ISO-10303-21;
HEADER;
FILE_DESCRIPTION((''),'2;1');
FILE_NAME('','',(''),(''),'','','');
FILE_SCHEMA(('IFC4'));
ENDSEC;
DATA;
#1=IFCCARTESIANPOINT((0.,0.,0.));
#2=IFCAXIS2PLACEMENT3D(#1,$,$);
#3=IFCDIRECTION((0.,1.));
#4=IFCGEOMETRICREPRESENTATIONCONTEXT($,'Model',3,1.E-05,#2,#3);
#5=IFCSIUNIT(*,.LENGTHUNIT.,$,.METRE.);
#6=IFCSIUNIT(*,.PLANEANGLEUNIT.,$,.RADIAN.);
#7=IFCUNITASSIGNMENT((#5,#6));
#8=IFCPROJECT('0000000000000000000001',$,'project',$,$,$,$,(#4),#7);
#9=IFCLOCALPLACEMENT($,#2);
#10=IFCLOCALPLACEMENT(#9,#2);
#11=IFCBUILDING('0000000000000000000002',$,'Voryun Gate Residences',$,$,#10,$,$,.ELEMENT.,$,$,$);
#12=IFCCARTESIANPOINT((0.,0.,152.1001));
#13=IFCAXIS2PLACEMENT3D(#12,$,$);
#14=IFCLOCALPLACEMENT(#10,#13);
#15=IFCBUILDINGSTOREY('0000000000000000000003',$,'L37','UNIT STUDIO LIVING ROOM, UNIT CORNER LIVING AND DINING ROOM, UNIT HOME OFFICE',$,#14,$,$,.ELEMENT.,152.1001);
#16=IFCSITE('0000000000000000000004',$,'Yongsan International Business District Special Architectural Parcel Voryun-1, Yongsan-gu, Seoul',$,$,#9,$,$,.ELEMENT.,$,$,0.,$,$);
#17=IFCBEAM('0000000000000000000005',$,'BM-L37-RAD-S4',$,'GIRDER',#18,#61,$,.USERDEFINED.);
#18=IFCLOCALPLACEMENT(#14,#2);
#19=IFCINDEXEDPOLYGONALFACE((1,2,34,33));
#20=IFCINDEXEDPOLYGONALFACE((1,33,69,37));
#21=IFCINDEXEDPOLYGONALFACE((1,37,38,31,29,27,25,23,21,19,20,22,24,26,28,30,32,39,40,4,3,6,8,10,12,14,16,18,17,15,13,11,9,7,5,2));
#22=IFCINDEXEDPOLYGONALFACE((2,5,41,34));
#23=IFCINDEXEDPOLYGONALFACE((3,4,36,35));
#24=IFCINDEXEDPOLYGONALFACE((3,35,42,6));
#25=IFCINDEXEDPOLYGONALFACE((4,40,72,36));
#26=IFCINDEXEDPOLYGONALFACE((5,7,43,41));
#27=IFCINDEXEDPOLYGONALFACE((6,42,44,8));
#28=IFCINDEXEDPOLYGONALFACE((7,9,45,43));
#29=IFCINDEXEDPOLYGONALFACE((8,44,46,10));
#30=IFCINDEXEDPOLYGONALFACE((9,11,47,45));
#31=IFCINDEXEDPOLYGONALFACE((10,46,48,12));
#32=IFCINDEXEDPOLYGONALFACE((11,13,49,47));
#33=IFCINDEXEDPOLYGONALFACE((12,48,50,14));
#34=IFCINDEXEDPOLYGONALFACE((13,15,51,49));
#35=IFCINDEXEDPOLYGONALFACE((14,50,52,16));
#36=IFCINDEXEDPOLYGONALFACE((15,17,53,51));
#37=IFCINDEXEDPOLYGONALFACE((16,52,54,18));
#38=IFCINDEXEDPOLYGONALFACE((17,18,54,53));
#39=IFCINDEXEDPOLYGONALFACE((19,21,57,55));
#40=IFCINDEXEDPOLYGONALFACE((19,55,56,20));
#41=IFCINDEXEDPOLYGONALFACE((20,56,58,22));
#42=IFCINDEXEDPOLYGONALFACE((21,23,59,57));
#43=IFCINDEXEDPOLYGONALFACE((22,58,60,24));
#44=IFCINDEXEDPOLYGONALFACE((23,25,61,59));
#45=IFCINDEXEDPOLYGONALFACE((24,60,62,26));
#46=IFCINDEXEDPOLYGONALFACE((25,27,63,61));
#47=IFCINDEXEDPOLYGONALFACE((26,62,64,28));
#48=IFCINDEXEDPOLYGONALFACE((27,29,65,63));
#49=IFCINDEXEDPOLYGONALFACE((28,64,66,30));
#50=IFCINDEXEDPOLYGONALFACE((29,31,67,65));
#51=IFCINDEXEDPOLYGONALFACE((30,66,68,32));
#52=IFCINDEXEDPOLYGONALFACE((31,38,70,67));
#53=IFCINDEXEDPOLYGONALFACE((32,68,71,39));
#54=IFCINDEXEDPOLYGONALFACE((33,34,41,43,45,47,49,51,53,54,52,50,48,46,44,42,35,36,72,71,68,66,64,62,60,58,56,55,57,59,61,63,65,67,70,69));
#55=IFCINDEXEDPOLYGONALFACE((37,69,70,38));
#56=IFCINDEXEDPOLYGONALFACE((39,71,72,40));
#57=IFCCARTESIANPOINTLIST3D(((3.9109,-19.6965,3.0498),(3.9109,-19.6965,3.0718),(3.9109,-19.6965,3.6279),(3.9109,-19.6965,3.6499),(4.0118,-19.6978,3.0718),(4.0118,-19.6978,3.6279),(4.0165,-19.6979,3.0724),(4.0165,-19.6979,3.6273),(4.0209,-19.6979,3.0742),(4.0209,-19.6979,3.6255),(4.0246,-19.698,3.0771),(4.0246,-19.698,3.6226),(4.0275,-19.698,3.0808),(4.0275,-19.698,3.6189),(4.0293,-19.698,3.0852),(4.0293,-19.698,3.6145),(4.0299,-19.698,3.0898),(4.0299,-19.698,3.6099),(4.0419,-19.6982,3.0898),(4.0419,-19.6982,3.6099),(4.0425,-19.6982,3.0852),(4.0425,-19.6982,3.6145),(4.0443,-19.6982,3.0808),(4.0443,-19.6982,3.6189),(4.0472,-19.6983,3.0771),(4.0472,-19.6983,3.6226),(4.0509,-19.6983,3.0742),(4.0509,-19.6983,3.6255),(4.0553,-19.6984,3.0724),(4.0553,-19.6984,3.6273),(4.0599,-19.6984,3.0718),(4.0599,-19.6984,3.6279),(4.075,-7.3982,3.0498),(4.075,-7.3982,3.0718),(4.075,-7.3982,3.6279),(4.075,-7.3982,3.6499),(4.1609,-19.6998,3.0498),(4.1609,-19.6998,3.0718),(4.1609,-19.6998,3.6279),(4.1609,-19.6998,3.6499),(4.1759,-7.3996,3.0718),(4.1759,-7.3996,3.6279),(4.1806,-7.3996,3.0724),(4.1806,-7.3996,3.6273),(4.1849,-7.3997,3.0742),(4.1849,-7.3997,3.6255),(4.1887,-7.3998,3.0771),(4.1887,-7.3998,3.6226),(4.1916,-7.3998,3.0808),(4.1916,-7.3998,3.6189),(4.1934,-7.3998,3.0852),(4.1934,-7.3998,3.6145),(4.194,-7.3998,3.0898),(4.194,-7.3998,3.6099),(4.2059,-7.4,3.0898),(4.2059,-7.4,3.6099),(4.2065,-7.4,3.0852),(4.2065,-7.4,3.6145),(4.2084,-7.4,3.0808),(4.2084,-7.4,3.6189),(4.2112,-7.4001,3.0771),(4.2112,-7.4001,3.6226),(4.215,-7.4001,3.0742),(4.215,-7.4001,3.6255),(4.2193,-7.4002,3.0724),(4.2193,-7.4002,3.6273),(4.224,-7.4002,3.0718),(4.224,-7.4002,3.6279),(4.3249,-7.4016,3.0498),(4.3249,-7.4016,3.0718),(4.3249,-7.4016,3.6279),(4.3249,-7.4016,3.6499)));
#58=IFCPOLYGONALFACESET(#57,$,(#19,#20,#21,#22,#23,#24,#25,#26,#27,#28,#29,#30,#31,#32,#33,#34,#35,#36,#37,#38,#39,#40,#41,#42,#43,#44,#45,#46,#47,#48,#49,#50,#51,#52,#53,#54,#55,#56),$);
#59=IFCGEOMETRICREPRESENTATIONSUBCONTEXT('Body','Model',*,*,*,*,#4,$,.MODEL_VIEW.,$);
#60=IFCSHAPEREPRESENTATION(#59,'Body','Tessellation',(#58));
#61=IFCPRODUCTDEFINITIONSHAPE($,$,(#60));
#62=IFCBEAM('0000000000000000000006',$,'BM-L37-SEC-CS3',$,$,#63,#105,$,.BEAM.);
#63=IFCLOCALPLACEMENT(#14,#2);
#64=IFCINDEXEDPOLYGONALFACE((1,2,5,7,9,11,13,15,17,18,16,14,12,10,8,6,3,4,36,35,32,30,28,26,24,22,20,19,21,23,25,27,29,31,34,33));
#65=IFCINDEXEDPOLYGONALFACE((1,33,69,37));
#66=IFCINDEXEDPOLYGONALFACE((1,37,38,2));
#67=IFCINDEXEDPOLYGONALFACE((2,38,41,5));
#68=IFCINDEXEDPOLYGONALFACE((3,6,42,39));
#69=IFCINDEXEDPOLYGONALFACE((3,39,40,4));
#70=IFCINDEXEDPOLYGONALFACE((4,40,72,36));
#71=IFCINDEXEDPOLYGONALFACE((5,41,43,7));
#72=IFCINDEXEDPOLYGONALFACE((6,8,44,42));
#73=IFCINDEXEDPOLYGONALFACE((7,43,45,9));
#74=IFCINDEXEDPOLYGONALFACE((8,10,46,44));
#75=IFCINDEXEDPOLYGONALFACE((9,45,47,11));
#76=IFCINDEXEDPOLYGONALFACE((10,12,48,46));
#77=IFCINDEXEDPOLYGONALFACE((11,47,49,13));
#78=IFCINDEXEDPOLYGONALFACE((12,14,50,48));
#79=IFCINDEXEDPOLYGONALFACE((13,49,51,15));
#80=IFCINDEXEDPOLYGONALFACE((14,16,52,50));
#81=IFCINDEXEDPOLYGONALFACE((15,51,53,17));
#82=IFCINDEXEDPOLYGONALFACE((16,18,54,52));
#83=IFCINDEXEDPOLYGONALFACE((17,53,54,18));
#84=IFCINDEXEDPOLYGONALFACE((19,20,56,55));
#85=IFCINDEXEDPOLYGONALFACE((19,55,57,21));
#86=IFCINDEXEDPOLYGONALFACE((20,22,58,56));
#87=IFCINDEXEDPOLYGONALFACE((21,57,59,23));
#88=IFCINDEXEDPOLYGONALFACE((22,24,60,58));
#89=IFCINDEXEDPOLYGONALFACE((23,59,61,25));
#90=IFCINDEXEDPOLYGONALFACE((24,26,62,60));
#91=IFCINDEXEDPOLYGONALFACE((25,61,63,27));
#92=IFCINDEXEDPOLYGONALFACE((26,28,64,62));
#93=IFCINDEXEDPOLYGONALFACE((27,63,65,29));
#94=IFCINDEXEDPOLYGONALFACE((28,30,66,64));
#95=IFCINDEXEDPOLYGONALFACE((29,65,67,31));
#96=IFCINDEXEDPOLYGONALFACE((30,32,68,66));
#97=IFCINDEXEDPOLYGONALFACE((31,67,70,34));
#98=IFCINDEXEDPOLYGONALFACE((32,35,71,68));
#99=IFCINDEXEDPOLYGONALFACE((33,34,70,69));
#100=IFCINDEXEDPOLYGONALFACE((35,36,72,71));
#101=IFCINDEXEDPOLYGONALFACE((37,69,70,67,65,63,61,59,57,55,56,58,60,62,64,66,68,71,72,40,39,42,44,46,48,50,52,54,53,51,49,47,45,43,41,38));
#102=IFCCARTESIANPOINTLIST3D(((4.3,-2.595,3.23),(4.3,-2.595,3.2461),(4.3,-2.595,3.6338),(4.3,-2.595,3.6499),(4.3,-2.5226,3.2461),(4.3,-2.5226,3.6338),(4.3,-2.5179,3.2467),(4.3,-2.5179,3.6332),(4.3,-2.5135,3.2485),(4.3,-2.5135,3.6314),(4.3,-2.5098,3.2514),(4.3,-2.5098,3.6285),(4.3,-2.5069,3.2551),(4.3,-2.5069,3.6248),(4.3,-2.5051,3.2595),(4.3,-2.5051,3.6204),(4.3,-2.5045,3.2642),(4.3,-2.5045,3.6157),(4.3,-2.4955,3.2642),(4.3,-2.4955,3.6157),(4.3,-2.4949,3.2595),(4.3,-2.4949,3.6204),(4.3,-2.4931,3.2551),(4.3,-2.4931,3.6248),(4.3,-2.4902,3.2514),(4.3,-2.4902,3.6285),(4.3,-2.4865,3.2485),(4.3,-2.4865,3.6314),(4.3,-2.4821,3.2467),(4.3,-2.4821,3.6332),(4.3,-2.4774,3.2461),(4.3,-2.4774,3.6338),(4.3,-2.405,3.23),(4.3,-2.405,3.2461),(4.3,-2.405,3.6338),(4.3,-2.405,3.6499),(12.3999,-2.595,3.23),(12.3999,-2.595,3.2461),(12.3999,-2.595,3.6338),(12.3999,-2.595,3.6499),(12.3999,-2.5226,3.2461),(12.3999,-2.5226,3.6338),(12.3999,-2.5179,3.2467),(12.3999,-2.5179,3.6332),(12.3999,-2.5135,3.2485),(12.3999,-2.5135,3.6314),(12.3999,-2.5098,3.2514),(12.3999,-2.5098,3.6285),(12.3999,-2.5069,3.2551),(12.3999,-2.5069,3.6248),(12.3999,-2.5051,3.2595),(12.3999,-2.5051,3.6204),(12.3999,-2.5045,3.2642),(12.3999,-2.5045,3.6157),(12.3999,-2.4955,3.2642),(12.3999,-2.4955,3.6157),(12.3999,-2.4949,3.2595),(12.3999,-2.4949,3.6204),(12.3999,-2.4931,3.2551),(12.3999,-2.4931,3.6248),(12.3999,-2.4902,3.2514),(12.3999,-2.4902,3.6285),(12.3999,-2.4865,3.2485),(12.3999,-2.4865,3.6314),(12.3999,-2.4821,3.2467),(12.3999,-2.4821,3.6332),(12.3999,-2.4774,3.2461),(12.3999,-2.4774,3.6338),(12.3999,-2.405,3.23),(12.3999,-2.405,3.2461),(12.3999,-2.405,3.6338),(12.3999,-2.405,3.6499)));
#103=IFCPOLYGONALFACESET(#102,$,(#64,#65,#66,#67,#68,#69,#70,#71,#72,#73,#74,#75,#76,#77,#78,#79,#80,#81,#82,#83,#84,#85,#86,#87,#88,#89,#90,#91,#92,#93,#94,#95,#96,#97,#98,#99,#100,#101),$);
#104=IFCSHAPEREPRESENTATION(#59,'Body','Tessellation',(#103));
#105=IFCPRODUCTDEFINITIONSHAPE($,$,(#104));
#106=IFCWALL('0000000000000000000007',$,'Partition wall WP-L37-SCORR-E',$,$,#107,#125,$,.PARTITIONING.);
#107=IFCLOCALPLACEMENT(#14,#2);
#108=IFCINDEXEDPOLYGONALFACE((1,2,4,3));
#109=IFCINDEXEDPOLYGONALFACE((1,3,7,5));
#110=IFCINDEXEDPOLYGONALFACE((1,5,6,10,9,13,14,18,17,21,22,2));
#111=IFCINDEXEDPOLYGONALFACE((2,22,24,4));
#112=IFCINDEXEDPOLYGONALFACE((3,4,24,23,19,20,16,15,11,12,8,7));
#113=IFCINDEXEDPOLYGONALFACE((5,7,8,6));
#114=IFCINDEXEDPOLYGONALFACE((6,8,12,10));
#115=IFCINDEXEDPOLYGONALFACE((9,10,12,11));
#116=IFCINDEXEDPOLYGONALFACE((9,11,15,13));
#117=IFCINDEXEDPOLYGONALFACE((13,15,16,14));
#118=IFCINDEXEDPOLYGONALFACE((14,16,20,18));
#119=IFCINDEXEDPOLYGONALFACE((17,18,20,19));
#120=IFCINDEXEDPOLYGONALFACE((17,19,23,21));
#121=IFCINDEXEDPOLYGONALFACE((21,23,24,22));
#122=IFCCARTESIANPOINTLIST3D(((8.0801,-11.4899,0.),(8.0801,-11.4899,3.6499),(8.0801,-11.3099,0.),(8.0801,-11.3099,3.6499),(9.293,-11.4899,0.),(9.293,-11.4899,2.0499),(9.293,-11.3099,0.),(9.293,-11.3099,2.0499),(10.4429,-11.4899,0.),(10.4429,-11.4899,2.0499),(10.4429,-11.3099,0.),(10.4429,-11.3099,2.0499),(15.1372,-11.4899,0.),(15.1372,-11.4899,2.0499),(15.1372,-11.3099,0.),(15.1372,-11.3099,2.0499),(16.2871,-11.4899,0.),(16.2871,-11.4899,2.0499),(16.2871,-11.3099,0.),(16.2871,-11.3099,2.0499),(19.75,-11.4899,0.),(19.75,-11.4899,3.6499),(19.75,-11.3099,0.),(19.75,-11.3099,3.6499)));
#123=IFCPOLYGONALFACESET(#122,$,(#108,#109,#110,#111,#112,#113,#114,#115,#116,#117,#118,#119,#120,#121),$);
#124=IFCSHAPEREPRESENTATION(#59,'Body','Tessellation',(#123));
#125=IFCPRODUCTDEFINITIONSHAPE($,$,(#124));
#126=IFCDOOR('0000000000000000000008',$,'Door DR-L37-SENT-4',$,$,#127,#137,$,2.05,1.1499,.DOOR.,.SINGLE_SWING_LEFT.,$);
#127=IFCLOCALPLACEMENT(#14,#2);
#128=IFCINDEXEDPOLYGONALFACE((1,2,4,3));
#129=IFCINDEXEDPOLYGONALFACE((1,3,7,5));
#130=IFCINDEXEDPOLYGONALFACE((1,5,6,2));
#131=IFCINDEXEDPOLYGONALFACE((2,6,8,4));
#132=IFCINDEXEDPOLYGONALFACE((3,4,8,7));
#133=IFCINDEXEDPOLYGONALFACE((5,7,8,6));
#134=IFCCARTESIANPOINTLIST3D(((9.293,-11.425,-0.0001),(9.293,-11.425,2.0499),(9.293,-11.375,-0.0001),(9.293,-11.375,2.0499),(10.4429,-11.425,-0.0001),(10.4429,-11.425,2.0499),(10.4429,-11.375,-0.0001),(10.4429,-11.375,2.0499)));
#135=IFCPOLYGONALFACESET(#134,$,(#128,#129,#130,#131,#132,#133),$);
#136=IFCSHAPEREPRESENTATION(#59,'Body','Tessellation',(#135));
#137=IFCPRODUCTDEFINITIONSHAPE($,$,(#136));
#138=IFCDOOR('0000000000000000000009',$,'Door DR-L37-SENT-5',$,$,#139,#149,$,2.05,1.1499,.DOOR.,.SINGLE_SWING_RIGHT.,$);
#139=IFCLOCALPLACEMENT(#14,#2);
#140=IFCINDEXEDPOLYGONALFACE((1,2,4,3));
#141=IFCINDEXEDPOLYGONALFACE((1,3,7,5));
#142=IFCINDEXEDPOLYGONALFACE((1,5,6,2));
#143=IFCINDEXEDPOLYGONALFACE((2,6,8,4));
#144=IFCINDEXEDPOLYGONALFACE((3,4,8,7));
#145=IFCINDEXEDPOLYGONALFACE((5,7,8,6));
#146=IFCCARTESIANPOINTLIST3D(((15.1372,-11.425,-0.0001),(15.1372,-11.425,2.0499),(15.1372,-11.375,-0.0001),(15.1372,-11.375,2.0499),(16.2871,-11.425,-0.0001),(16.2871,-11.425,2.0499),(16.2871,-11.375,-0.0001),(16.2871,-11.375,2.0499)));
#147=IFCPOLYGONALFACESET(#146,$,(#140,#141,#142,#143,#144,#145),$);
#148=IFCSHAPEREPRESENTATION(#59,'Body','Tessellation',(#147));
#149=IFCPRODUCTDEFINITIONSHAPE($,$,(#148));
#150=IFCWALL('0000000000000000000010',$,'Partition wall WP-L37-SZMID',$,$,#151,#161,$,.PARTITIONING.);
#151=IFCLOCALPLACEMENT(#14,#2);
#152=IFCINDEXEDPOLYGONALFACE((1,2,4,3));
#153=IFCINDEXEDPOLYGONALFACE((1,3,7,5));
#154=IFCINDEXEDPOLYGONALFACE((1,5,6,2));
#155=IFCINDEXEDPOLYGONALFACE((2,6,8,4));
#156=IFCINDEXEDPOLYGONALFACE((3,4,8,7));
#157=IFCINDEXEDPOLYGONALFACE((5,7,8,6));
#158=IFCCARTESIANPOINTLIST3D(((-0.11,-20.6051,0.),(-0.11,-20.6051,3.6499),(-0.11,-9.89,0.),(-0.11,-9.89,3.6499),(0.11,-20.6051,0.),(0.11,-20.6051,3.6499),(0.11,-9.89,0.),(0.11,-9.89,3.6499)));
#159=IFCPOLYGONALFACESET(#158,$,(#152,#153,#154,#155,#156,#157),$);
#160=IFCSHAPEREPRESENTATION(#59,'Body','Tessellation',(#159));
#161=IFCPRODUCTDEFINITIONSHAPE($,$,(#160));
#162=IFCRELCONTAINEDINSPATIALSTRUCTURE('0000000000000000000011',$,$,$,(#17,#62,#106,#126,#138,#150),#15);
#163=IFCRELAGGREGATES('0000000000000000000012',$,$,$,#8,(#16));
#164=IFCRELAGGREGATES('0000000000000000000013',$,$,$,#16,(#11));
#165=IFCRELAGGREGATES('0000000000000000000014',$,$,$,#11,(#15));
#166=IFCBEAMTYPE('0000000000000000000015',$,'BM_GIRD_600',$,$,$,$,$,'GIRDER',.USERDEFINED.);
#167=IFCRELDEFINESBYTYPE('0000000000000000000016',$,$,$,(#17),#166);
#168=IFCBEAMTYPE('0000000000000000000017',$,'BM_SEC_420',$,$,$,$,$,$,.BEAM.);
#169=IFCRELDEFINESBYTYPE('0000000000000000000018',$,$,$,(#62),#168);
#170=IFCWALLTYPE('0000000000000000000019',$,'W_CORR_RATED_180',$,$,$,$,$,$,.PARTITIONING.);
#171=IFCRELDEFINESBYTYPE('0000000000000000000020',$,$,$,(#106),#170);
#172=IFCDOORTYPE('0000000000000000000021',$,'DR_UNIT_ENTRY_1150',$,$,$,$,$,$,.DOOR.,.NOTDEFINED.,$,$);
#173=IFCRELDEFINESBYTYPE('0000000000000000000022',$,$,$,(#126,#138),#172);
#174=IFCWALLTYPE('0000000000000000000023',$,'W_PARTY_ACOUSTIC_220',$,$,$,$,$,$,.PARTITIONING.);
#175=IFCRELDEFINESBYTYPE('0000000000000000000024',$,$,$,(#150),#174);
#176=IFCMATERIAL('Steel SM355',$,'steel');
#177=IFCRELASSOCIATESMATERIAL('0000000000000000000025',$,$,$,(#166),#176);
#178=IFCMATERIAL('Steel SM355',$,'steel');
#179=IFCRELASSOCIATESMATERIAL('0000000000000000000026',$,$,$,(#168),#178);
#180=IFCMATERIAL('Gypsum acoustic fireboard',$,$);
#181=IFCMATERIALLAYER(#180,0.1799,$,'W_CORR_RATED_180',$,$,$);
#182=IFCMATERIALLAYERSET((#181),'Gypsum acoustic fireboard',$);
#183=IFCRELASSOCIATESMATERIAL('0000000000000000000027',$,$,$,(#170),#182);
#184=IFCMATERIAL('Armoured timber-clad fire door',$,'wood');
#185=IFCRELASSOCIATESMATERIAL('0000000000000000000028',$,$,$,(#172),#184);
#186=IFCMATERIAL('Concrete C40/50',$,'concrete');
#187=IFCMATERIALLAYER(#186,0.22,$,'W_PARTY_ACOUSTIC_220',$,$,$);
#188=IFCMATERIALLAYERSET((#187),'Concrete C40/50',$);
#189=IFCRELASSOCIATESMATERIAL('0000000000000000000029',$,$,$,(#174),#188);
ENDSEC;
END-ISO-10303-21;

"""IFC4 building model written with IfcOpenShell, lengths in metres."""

from ifc_helpers import new_model, si_unit, direction, frame, frame_2d, origin, origin_2d, place, context, subcontext, project, spatial, rectangle, i_section, extrude, material, layer, layer_set, material_profile, profile_set, type_object, element, fill, save


model = new_model("IFC4")

# Units and contexts
model_context = context("Model", 3, precision=1e-05, world=origin(), true_north=direction((0.0, 1.0)))
body_context = subcontext(model_context, "Body", "Model", "MODEL_VIEW")
ifc_project = project(units=[si_unit("LENGTHUNIT", "METRE"), si_unit("PLANEANGLEUNIT", "RADIAN")], contexts=[model_context])

# Site, building, storey
site_placement = place(None, origin())
site = spatial("IfcSite", under=ifc_project, at=site_placement, Name="Yongsan International Business District Special Architectural Parcel Voryun-1, Yongsan-gu, Seoul", CompositionType="ELEMENT", RefElevation=0.0)
building_placement = place(site_placement, origin())
building = spatial("IfcBuilding", under=site, at=building_placement, Name="Voryun Gate Residences", CompositionType="ELEMENT")
storey_placement = place(building_placement, frame((0.0, 0.0, 152.1001)))
storey = spatial("IfcBuildingStorey", under=building, at=storey_placement, Name="L37", Description="UNIT STUDIO LIVING ROOM, UNIT CORNER LIVING AND DINING ROOM, UNIT HOME OFFICE", CompositionType="ELEMENT", Elevation=152.1001)

# Beams
ifc_material_1 = material(Name="Steel SM355", Category="steel")
ifc_material_profile_1 = material_profile(ifc_material_1, i_section(OverallWidth=0.25, OverallDepth=0.6001, WebThickness=0.012, FlangeThickness=0.022, FilletRadius=0.0181, at=origin_2d()), Name="H-600x250x12x22")
ifc_profile_set_1 = profile_set([ifc_material_profile_1], Name="Steel SM355")
beam_type_1 = type_object("IfcBeamType", Name="BM_GIRD_600", ElementType="GIRDER", PredefinedType="USERDEFINED", material=ifc_profile_set_1)
beam_1_placement = place(storey_placement, frame((4.2, -7.3999, 3.3499), z_axis=(-0.013339, -0.999911, 0.0), x_axis=(0.999911, -0.013339, 0.0)))
element("IfcBeam", 1, at=beam_1_placement, inside=storey, type_object=beam_type_1, Name="BM-L37-RAD-S4", ObjectType="GIRDER", PredefinedType="USERDEFINED", context=body_context, shape_type="SweptSolid", body=[
    extrude(i_section(OverallWidth=0.25, OverallDepth=0.6001, WebThickness=0.012, FlangeThickness=0.022, FilletRadius=0.0181, at=origin_2d()), origin(), (0.0, 0.0, 1.0), 12.2993),
])
ifc_material_2 = material(Name="Steel SM355", Category="steel")
ifc_material_profile_2 = material_profile(ifc_material_2, i_section(OverallWidth=0.1899, OverallDepth=0.4199, WebThickness=0.009, FlangeThickness=0.0161, FilletRadius=0.0181, at=origin_2d()), Name="H-420x190x9x16")
ifc_profile_set_2 = profile_set([ifc_material_profile_2], Name="Steel SM355")
beam_type_2 = type_object("IfcBeamType", Name="BM_SEC_420", PredefinedType="BEAM", material=ifc_profile_set_2)
beam_2_placement = place(storey_placement, frame((4.3, -2.5, 3.4399), z_axis=(1.0, 0.0, 0.0), x_axis=(0.0, 1.0, 0.0)))
element("IfcBeam", 2, at=beam_2_placement, inside=storey, type_object=beam_type_2, Name="BM-L37-SEC-CS3", PredefinedType="BEAM", context=body_context, shape_type="SweptSolid", body=[
    extrude(i_section(OverallWidth=0.1899, OverallDepth=0.4199, WebThickness=0.009, FlangeThickness=0.0161, FilletRadius=0.0181, at=origin_2d()), origin(), (0.0, 0.0, 1.0), 8.0999),
])

# Wall, openings, doors
ifc_material_3 = material(Name="Gypsum acoustic fireboard")
ifc_layer_1 = layer(ifc_material_3, 0.1799, Name="W_CORR_RATED_180")
ifc_layer_set_1 = layer_set([ifc_layer_1], Name="Gypsum acoustic fireboard")
wall_type_1 = type_object("IfcWallType", Name="W_CORR_RATED_180", PredefinedType="PARTITIONING", material=ifc_layer_set_1)
wall_1_placement = place(storey_placement, frame((8.0801, -11.3999, 0.0), z_axis=(0.0, 0.0, 1.0), x_axis=(1.0, 0.0, 0.0)))
wall_1 = element("IfcWall", 3, at=wall_1_placement, inside=storey, type_object=wall_type_1, Name="Partition wall WP-L37-SCORR-E", PredefinedType="PARTITIONING", context=body_context, shape_type="SweptSolid", body=[
    extrude(rectangle(XDim=11.6699, YDim=0.1799, at=frame_2d((5.835, 0.0))), origin(), (0.0, 0.0, 1.0), 3.6499),
])
opening_1_placement = place(wall_1_placement, frame((1.2129, 0.0, 0.0)))
opening_1 = element("IfcOpeningElement", 4, at=opening_1_placement, cuts=wall_1, PredefinedType="OPENING", context=body_context, shape_type="SweptSolid", body=[
    extrude(rectangle(XDim=1.1499, YDim=2.05, at=frame_2d((0.575, 1.0249))), frame((0.0, 0.0999, 0.0), z_axis=(0.0, -1.0, 0.0), x_axis=(1.0, 0.0, 0.0)), (0.0, 0.0, 1.0), 0.2),
])
opening_2_placement = place(wall_1_placement, frame((7.0571, 0.0, 0.0)))
opening_2 = element("IfcOpeningElement", 5, at=opening_2_placement, cuts=wall_1, PredefinedType="OPENING", context=body_context, shape_type="SweptSolid", body=[
    extrude(rectangle(XDim=1.1499, YDim=2.05, at=frame_2d((0.575, 1.0249))), frame((0.0, 0.0999, 0.0), z_axis=(0.0, -1.0, 0.0), x_axis=(1.0, 0.0, 0.0)), (0.0, 0.0, 1.0), 0.2),
])
ifc_material_4 = material(Name="Armoured timber-clad fire door", Category="wood")
door_type_1 = type_object("IfcDoorType", Name="DR_UNIT_ENTRY_1150", OperationType="NOTDEFINED", PredefinedType="DOOR", material=ifc_material_4)
door_1_placement = place(opening_1_placement, origin())
door_1 = element("IfcDoor", 6, at=door_1_placement, inside=storey, type_object=door_type_1, Name="Door DR-L37-SENT-4", OperationType="SINGLE_SWING_LEFT", OverallHeight=2.05, OverallWidth=1.1499, PredefinedType="DOOR", context=body_context, shape_type="SweptSolid", body=[
    extrude(rectangle(XDim=1.1499, YDim=2.05, at=frame_2d((0.575, 1.0249))), frame((0.0, 0.0249, 0.0), z_axis=(0.0, -1.0, 0.0), x_axis=(1.0, 0.0, 0.0)), (0.0, 0.0, 1.0), 0.05),
])
fill(opening_1, door_1)
door_2_placement = place(opening_2_placement, origin())
door_2 = element("IfcDoor", 7, at=door_2_placement, inside=storey, type_object=door_type_1, Name="Door DR-L37-SENT-5", OperationType="SINGLE_SWING_RIGHT", OverallHeight=2.05, OverallWidth=1.1499, PredefinedType="DOOR", context=body_context, shape_type="SweptSolid", body=[
    extrude(rectangle(XDim=1.1499, YDim=2.05, at=frame_2d((0.575, 1.0249))), frame((0.0, 0.0249, 0.0), z_axis=(0.0, -1.0, 0.0), x_axis=(1.0, 0.0, 0.0)), (0.0, 0.0, 1.0), 0.05),
])
fill(opening_2, door_2)

# Wall
ifc_material_5 = material(Name="Concrete C40/50", Category="concrete")
ifc_layer_2 = layer(ifc_material_5, 0.22, Name="W_PARTY_ACOUSTIC_220")
ifc_layer_set_2 = layer_set([ifc_layer_2], Name="Concrete C40/50")
wall_type_2 = type_object("IfcWallType", Name="W_PARTY_ACOUSTIC_220", PredefinedType="PARTITIONING", material=ifc_layer_set_2)
wall_2_placement = place(storey_placement, frame((0.0, -20.605, 0.0), z_axis=(0.0, 0.0, 1.0), x_axis=(0.0, 1.0, 0.0)))
element("IfcWall", 8, at=wall_2_placement, inside=storey, type_object=wall_type_2, Name="Partition wall WP-L37-SZMID", PredefinedType="PARTITIONING", context=body_context, shape_type="SweptSolid", body=[
    extrude(rectangle(XDim=10.7151, YDim=0.22, at=frame_2d((5.3574, 0.0))), origin(), (0.0, 0.0, 1.0), 3.6499),
])

save(model, "model.ifc")
